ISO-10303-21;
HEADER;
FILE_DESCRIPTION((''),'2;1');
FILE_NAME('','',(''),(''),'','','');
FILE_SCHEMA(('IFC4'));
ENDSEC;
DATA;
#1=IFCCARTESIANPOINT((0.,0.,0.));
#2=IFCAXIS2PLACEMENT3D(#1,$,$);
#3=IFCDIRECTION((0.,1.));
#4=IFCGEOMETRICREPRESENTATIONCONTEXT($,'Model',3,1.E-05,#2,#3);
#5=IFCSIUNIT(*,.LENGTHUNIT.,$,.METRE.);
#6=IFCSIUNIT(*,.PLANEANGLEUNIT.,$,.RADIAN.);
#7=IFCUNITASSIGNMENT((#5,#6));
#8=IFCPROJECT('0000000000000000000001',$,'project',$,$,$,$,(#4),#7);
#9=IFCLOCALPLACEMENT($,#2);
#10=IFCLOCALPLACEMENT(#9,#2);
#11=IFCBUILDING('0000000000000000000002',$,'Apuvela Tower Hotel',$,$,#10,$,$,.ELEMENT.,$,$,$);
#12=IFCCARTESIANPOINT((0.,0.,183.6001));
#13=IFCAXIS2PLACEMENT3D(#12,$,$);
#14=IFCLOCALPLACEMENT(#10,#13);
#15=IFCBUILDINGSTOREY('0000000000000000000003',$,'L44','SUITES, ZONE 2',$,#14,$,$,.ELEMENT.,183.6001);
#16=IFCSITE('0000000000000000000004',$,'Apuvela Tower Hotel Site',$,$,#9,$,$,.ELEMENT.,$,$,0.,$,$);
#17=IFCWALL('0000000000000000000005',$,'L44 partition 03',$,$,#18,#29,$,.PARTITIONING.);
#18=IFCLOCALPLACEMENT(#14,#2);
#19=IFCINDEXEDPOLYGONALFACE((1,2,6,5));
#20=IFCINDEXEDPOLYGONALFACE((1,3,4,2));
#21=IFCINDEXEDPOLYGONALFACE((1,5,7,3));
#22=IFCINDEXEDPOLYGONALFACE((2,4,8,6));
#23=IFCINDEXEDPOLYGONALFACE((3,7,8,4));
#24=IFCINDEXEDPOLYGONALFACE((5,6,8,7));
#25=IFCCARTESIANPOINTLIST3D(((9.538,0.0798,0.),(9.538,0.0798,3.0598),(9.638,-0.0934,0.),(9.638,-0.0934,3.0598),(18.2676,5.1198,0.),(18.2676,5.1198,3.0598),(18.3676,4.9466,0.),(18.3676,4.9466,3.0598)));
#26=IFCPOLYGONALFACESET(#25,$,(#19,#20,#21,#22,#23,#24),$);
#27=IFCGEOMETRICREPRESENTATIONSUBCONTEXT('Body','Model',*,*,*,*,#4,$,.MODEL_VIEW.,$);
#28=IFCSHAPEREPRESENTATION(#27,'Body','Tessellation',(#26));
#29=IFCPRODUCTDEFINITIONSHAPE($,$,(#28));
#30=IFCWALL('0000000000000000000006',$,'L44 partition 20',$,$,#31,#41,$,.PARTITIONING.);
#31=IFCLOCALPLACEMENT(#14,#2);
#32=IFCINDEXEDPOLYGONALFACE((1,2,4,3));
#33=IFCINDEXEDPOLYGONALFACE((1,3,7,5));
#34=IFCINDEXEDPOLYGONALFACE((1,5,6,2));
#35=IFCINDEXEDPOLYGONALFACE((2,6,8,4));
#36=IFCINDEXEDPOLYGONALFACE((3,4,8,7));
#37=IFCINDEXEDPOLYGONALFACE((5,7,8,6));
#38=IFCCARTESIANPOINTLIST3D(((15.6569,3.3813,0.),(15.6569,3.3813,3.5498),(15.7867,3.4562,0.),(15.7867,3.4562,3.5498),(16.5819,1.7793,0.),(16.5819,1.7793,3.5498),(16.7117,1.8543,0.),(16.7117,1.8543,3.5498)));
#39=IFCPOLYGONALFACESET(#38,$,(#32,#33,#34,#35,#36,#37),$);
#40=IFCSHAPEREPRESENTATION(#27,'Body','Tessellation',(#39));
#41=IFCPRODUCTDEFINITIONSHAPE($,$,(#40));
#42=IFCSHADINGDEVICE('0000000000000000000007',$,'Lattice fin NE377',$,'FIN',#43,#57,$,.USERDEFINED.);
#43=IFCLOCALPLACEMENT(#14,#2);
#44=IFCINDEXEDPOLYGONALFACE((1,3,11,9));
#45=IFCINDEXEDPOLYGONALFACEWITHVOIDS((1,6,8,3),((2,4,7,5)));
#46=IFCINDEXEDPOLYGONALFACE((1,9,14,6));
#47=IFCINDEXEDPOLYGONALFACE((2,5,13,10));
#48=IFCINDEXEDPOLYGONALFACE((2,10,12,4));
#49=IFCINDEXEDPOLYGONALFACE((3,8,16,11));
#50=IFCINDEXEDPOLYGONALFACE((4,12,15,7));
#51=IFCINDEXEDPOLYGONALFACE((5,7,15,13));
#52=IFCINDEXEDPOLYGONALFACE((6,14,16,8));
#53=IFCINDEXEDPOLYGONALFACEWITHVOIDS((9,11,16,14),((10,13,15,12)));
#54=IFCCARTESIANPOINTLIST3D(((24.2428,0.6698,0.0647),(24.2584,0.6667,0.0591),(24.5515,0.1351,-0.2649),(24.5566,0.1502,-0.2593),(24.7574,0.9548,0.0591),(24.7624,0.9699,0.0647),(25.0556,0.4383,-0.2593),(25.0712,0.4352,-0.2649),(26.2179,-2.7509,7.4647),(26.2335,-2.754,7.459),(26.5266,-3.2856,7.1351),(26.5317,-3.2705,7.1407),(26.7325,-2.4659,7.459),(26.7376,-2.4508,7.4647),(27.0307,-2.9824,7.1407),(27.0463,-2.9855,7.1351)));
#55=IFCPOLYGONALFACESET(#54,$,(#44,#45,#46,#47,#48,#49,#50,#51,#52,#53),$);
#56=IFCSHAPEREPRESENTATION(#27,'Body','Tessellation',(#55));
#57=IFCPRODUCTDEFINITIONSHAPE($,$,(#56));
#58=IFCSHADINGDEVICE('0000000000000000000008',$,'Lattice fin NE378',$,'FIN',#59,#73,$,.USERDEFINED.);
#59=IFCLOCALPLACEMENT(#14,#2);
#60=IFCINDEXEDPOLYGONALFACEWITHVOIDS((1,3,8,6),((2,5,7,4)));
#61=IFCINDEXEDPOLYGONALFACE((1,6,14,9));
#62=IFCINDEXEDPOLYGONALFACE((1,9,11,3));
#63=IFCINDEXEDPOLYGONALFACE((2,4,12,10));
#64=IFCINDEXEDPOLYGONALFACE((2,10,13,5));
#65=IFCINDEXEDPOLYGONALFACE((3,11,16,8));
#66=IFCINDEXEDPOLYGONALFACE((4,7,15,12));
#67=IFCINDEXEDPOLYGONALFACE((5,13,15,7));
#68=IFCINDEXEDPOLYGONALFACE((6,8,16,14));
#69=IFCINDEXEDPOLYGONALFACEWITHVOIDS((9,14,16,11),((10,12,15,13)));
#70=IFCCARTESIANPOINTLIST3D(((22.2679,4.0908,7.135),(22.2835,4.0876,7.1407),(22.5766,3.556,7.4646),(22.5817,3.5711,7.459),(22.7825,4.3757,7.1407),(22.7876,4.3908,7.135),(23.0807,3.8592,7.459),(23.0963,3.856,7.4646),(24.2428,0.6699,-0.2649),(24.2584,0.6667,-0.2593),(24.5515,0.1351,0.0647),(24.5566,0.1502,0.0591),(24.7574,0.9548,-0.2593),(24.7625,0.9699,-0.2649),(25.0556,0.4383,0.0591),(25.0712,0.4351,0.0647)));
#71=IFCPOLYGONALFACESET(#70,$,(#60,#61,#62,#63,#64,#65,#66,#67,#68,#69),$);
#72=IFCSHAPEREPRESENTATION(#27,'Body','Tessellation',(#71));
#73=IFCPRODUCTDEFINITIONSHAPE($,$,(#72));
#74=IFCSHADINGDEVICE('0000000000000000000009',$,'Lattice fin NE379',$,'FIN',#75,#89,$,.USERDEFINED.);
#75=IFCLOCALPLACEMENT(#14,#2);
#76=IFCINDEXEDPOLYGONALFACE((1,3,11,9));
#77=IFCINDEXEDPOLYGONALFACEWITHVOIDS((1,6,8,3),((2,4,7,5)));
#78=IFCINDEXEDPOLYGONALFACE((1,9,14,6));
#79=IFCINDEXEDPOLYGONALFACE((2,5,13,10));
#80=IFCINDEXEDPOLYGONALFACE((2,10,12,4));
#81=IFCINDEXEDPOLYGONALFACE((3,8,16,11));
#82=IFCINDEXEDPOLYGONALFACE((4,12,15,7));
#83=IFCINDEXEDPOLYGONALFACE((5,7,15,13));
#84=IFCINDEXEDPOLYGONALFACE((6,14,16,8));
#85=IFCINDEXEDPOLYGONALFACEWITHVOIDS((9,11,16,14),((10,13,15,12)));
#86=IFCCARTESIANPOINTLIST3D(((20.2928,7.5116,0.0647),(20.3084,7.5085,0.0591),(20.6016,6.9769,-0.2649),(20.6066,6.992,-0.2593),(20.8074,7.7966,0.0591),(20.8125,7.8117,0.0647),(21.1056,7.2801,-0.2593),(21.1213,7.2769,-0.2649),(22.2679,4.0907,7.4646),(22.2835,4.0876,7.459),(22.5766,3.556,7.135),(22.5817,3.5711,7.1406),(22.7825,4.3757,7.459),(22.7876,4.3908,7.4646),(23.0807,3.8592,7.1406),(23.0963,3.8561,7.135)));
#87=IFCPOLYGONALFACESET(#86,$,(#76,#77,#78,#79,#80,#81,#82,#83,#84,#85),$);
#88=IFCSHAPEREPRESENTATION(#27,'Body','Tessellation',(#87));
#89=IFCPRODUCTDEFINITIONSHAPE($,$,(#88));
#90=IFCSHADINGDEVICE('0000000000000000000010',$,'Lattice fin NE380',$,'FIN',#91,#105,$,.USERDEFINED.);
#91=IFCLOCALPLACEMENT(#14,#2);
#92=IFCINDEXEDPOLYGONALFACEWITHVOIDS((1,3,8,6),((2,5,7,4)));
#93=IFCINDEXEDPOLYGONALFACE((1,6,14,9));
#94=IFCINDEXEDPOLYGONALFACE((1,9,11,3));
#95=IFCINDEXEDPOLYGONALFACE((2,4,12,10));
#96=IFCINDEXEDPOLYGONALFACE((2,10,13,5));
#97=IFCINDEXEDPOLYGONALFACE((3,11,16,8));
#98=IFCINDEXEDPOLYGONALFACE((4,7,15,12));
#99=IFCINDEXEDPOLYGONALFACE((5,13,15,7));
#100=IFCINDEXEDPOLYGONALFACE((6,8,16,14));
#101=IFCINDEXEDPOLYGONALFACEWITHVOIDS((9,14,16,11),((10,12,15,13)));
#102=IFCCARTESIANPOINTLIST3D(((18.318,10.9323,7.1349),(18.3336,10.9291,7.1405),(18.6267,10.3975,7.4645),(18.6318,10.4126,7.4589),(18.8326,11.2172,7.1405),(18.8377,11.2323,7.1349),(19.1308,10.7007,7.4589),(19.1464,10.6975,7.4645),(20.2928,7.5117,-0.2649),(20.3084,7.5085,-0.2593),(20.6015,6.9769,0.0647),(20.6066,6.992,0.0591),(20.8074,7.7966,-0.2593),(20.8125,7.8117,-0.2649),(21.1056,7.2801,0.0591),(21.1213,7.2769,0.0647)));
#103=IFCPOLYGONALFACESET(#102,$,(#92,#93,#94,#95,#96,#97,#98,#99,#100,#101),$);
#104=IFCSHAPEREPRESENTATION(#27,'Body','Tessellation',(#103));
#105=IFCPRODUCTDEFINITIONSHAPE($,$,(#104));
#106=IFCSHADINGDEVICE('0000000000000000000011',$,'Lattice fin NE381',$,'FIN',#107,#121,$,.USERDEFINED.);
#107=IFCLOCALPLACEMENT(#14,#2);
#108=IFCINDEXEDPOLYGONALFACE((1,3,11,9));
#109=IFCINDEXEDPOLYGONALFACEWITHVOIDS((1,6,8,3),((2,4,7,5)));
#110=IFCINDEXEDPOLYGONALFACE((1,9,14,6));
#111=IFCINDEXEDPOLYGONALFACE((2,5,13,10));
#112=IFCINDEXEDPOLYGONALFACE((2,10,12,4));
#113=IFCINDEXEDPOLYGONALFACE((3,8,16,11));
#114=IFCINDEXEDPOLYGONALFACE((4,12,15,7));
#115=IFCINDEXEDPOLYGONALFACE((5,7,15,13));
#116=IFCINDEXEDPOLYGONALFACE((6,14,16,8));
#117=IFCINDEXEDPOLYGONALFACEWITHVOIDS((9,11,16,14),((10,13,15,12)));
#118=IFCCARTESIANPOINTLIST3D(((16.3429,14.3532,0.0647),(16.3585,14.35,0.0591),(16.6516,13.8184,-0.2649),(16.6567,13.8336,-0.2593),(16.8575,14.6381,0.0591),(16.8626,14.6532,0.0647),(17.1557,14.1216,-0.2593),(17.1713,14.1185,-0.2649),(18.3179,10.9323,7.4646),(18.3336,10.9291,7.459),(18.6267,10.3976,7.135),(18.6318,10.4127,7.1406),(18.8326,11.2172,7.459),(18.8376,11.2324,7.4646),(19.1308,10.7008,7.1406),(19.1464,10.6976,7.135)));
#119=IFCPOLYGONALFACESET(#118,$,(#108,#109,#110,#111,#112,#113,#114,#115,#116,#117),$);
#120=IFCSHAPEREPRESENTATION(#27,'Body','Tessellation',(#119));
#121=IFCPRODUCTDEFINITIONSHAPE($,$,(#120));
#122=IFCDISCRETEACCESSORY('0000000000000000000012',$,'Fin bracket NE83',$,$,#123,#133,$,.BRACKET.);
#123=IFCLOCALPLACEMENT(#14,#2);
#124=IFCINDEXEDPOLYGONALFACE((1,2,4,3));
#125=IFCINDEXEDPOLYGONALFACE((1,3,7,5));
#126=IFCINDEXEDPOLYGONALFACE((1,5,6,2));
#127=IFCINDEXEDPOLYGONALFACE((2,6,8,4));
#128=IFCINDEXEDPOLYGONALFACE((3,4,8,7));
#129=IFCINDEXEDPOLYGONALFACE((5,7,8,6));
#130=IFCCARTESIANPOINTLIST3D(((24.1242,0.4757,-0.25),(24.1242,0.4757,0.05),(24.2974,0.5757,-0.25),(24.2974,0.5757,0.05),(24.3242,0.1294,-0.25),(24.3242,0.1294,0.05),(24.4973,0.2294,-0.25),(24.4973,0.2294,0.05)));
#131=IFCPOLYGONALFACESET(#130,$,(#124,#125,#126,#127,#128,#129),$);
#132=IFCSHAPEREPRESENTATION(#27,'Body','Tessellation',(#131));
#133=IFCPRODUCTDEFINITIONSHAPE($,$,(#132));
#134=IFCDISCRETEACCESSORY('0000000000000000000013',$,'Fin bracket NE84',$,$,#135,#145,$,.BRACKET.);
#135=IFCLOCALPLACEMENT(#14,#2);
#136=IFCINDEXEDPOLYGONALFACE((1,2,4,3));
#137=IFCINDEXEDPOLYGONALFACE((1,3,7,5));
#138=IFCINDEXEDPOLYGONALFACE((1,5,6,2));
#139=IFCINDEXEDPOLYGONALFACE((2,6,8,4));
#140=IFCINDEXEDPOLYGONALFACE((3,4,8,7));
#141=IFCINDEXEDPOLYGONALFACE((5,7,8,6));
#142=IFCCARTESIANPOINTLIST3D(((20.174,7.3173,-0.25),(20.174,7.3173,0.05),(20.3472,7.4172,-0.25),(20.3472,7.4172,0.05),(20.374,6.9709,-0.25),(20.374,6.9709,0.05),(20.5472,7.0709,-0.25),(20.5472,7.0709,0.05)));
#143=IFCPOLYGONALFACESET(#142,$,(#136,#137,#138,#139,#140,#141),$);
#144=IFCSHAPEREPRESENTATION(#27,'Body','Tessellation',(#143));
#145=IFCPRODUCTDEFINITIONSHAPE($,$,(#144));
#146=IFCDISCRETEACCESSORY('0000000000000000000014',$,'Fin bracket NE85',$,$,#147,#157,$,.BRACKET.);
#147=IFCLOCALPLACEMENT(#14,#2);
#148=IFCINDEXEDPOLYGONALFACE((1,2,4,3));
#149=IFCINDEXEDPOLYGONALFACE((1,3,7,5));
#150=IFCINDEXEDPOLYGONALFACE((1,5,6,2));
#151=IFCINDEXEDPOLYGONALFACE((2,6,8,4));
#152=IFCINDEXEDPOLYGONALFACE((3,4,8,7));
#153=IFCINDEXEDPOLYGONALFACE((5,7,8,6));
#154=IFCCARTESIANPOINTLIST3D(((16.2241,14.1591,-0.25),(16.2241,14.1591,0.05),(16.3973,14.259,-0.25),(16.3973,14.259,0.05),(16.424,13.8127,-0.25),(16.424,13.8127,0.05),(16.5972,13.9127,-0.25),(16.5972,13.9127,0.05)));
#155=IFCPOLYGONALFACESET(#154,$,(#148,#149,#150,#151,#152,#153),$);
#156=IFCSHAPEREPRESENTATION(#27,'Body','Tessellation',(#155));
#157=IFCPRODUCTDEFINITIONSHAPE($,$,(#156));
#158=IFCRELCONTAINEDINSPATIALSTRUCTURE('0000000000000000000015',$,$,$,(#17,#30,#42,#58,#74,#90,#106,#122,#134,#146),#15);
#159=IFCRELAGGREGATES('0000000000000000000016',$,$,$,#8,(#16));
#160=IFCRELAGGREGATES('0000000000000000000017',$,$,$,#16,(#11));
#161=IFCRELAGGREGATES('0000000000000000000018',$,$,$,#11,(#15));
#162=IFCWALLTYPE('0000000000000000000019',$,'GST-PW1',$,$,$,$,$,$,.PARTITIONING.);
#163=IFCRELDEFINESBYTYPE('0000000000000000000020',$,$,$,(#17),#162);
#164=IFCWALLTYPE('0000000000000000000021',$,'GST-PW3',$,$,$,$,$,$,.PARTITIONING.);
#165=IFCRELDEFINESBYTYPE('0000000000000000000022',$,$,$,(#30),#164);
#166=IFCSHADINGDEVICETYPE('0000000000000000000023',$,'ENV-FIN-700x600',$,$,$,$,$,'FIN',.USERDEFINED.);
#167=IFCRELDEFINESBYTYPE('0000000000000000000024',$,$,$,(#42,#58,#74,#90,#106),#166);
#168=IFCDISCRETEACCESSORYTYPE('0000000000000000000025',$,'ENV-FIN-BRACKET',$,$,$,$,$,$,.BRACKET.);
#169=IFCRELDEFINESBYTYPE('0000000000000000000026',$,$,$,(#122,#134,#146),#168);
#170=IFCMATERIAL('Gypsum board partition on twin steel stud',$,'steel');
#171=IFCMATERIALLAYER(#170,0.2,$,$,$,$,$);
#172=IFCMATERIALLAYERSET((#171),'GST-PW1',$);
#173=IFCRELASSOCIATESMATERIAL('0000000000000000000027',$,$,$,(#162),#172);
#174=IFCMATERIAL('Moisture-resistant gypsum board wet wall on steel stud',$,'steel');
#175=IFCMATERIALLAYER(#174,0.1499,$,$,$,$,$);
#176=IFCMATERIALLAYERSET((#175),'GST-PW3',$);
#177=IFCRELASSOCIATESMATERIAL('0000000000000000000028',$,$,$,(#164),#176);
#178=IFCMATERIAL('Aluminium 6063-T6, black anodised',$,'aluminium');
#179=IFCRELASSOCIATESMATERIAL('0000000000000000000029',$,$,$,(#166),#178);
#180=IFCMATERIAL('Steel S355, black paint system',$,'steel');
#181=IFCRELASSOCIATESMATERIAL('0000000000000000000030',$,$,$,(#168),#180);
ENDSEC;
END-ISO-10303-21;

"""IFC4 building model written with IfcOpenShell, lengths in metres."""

from ifc_helpers import new_model, si_unit, direction, frame, frame_2d, origin, origin_2d, place, context, subcontext, project, spatial, rectangle, hollow_rectangle, extrude, material, layer, layer_set, material_profile, profile_set, type_object, element, save


model = new_model("IFC4")

# Units and contexts
model_context = context("Model", 3, precision=1e-05, world=origin(), true_north=direction((0.0, 1.0)))
body_context = subcontext(model_context, "Body", "Model", "MODEL_VIEW")
ifc_project = project(units=[si_unit("LENGTHUNIT", "METRE"), si_unit("PLANEANGLEUNIT", "RADIAN")], contexts=[model_context])

# Site, building, storey
site_placement = place(None, origin())
site = spatial("IfcSite", under=ifc_project, at=site_placement, Name="Apuvela Tower Hotel Site", CompositionType="ELEMENT", RefElevation=0.0)
building_placement = place(site_placement, origin())
building = spatial("IfcBuilding", under=site, at=building_placement, Name="Apuvela Tower Hotel", CompositionType="ELEMENT")
storey_placement = place(building_placement, frame((0.0, 0.0, 183.6001)))
storey = spatial("IfcBuildingStorey", under=building, at=storey_placement, Name="L44", Description="SUITES, ZONE 2", CompositionType="ELEMENT", Elevation=183.6001)

# Walls
ifc_material_1 = material(Name="Gypsum board partition on twin steel stud", Category="steel")
ifc_layer_1 = layer(ifc_material_1, 0.2)
ifc_layer_set_1 = layer_set([ifc_layer_1], Name="GST-PW1")
wall_type_1 = type_object("IfcWallType", Name="GST-PW1", PredefinedType="PARTITIONING", material=ifc_layer_set_1)
wall_1_placement = place(storey_placement, frame((18.3176, 5.0332, 0.0), z_axis=(0.0, 0.0, 1.0), x_axis=(-0.866029, -0.499994, 0.0)))
element("IfcWall", 1, at=wall_1_placement, inside=storey, type_object=wall_type_1, Name="L44 partition 03", PredefinedType="PARTITIONING", context=body_context, shape_type="SweptSolid", body=[
    extrude(rectangle(XDim=10.0801, YDim=0.2, at=frame_2d((5.04, 0.0))), origin(), (0.0, 0.0, 1.0), 3.0598),
])
ifc_material_2 = material(Name="Moisture-resistant gypsum board wet wall on steel stud", Category="steel")
ifc_layer_2 = layer(ifc_material_2, 0.1499)
ifc_layer_set_2 = layer_set([ifc_layer_2], Name="GST-PW3")
wall_type_2 = type_object("IfcWallType", Name="GST-PW3", PredefinedType="PARTITIONING", material=ifc_layer_set_2)
wall_2_placement = place(storey_placement, frame((16.6467, 1.8169, 0.0), z_axis=(0.0, 0.0, 1.0), x_axis=(-0.500042, 0.866001, 0.0)))
element("IfcWall", 2, at=wall_2_placement, inside=storey, type_object=wall_type_2, Name="L44 partition 20", PredefinedType="PARTITIONING", context=body_context, shape_type="SweptSolid", body=[
    extrude(rectangle(XDim=1.8499, YDim=0.1499, at=frame_2d((0.9248, 0.0))), origin(), (0.0, 0.0, 1.0), 3.5498),
])

# Shading devices
ifc_material_3 = material(Name="Aluminium 6063-T6, black anodised", Category="aluminium")
ifc_material_profile_1 = material_profile(ifc_material_3, hollow_rectangle(XDim=0.6001, YDim=0.7, WallThickness=0.012, at=origin_2d()), Name="AL BOX 700x600x12")
ifc_profile_set_1 = profile_set([ifc_material_profile_1], Name="Aluminium 6063-T6, black anodised")
shading_device_type = type_object("IfcShadingDeviceType", Name="ENV-FIN-700x600", ElementType="FIN", PredefinedType="USERDEFINED", material=ifc_profile_set_1)
for number, where, z_axis, x_axis, name in (
    (3, (24.657, 0.5525, -0.1001), (0.235464, -0.407798, 0.882189), (0.866005, 0.500035, 0.0), "Lattice fin NE377"),
    (4, (24.657, 0.5525, -0.1001), (-0.235434, 0.407825, 0.882185), (-0.866048, -0.499961, 0.0), "Lattice fin NE378"),
    (5, (20.707, 7.3943, -0.1001), (0.235461, -0.407822, 0.882179), (0.866021, 0.500008, 0.0), "Lattice fin NE379"),
):
    element("IfcShadingDevice", number, at=place(storey_placement, frame(where, z_axis=z_axis, x_axis=x_axis)), inside=storey, type_object=shading_device_type, Name=name, ObjectType="FIN", PredefinedType="USERDEFINED", context=body_context, shape_type="SweptSolid", body=[
        extrude(hollow_rectangle(XDim=0.6001, YDim=0.7, WallThickness=0.012, at=origin_2d()), origin(), (0.0, 0.0, 1.0), 8.3882),
    ])
shading_device_1_placement = place(storey_placement, frame((20.707, 7.3943, -0.1001), z_axis=(-0.235436, 0.407801, 0.882195), x_axis=(-0.866032, -0.499988, 0.0)))
element("IfcShadingDevice", 6, at=shading_device_1_placement, inside=storey, type_object=shading_device_type, Name="Lattice fin NE380", ObjectType="FIN", PredefinedType="USERDEFINED", context=body_context, shape_type="SweptSolid", body=[
    extrude(hollow_rectangle(XDim=0.6001, YDim=0.7, WallThickness=0.012, at=origin_2d()), origin(), (0.0, 0.0, 1.0), 8.3879),
])
shading_device_2_placement = place(storey_placement, frame((16.7571, 14.2358, -0.1001), z_axis=(0.235461, -0.407822, 0.882179), x_axis=(0.866021, 0.500008, 0.0)))
element("IfcShadingDevice", 7, at=shading_device_2_placement, inside=storey, type_object=shading_device_type, Name="Lattice fin NE381", ObjectType="FIN", PredefinedType="USERDEFINED", context=body_context, shape_type="SweptSolid", body=[
    extrude(hollow_rectangle(XDim=0.6001, YDim=0.7, WallThickness=0.012, at=origin_2d()), origin(), (0.0, 0.0, 1.0), 8.3882),
])

# Discrete accessories
ifc_material_4 = material(Name="Steel S355, black paint system", Category="steel")
discrete_accessory_type = type_object("IfcDiscreteAccessoryType", Name="ENV-FIN-BRACKET", PredefinedType="BRACKET", material=ifc_material_4)
for number, where, z_axis, x_axis, name in (
    (8, (24.3108, 0.3525, -0.25), (0.0, 0.0, 1.0), (-0.5, 0.866025, 0.0), "Fin bracket NE83"),
    (9, (20.3606, 7.1941, -0.25), (0.0, 0.0, 1.0), (-0.5, 0.866025, 0.0), "Fin bracket NE84"),
    (10, (16.4106, 14.0359, -0.25), (0.0, 0.0, 1.0), (-0.5, 0.866025, 0.0), "Fin bracket NE85"),
):
    element("IfcDiscreteAccessory", number, at=place(storey_placement, frame(where, z_axis=z_axis, x_axis=x_axis)), inside=storey, type_object=discrete_accessory_type, Name=name, PredefinedType="BRACKET", context=body_context, shape_type="SweptSolid", body=[
        extrude(rectangle(XDim=0.3999, YDim=0.2, at=origin_2d()), origin(), (0.0, 0.0, 1.0), 0.3),
    ])

save(model, "model.ifc")
